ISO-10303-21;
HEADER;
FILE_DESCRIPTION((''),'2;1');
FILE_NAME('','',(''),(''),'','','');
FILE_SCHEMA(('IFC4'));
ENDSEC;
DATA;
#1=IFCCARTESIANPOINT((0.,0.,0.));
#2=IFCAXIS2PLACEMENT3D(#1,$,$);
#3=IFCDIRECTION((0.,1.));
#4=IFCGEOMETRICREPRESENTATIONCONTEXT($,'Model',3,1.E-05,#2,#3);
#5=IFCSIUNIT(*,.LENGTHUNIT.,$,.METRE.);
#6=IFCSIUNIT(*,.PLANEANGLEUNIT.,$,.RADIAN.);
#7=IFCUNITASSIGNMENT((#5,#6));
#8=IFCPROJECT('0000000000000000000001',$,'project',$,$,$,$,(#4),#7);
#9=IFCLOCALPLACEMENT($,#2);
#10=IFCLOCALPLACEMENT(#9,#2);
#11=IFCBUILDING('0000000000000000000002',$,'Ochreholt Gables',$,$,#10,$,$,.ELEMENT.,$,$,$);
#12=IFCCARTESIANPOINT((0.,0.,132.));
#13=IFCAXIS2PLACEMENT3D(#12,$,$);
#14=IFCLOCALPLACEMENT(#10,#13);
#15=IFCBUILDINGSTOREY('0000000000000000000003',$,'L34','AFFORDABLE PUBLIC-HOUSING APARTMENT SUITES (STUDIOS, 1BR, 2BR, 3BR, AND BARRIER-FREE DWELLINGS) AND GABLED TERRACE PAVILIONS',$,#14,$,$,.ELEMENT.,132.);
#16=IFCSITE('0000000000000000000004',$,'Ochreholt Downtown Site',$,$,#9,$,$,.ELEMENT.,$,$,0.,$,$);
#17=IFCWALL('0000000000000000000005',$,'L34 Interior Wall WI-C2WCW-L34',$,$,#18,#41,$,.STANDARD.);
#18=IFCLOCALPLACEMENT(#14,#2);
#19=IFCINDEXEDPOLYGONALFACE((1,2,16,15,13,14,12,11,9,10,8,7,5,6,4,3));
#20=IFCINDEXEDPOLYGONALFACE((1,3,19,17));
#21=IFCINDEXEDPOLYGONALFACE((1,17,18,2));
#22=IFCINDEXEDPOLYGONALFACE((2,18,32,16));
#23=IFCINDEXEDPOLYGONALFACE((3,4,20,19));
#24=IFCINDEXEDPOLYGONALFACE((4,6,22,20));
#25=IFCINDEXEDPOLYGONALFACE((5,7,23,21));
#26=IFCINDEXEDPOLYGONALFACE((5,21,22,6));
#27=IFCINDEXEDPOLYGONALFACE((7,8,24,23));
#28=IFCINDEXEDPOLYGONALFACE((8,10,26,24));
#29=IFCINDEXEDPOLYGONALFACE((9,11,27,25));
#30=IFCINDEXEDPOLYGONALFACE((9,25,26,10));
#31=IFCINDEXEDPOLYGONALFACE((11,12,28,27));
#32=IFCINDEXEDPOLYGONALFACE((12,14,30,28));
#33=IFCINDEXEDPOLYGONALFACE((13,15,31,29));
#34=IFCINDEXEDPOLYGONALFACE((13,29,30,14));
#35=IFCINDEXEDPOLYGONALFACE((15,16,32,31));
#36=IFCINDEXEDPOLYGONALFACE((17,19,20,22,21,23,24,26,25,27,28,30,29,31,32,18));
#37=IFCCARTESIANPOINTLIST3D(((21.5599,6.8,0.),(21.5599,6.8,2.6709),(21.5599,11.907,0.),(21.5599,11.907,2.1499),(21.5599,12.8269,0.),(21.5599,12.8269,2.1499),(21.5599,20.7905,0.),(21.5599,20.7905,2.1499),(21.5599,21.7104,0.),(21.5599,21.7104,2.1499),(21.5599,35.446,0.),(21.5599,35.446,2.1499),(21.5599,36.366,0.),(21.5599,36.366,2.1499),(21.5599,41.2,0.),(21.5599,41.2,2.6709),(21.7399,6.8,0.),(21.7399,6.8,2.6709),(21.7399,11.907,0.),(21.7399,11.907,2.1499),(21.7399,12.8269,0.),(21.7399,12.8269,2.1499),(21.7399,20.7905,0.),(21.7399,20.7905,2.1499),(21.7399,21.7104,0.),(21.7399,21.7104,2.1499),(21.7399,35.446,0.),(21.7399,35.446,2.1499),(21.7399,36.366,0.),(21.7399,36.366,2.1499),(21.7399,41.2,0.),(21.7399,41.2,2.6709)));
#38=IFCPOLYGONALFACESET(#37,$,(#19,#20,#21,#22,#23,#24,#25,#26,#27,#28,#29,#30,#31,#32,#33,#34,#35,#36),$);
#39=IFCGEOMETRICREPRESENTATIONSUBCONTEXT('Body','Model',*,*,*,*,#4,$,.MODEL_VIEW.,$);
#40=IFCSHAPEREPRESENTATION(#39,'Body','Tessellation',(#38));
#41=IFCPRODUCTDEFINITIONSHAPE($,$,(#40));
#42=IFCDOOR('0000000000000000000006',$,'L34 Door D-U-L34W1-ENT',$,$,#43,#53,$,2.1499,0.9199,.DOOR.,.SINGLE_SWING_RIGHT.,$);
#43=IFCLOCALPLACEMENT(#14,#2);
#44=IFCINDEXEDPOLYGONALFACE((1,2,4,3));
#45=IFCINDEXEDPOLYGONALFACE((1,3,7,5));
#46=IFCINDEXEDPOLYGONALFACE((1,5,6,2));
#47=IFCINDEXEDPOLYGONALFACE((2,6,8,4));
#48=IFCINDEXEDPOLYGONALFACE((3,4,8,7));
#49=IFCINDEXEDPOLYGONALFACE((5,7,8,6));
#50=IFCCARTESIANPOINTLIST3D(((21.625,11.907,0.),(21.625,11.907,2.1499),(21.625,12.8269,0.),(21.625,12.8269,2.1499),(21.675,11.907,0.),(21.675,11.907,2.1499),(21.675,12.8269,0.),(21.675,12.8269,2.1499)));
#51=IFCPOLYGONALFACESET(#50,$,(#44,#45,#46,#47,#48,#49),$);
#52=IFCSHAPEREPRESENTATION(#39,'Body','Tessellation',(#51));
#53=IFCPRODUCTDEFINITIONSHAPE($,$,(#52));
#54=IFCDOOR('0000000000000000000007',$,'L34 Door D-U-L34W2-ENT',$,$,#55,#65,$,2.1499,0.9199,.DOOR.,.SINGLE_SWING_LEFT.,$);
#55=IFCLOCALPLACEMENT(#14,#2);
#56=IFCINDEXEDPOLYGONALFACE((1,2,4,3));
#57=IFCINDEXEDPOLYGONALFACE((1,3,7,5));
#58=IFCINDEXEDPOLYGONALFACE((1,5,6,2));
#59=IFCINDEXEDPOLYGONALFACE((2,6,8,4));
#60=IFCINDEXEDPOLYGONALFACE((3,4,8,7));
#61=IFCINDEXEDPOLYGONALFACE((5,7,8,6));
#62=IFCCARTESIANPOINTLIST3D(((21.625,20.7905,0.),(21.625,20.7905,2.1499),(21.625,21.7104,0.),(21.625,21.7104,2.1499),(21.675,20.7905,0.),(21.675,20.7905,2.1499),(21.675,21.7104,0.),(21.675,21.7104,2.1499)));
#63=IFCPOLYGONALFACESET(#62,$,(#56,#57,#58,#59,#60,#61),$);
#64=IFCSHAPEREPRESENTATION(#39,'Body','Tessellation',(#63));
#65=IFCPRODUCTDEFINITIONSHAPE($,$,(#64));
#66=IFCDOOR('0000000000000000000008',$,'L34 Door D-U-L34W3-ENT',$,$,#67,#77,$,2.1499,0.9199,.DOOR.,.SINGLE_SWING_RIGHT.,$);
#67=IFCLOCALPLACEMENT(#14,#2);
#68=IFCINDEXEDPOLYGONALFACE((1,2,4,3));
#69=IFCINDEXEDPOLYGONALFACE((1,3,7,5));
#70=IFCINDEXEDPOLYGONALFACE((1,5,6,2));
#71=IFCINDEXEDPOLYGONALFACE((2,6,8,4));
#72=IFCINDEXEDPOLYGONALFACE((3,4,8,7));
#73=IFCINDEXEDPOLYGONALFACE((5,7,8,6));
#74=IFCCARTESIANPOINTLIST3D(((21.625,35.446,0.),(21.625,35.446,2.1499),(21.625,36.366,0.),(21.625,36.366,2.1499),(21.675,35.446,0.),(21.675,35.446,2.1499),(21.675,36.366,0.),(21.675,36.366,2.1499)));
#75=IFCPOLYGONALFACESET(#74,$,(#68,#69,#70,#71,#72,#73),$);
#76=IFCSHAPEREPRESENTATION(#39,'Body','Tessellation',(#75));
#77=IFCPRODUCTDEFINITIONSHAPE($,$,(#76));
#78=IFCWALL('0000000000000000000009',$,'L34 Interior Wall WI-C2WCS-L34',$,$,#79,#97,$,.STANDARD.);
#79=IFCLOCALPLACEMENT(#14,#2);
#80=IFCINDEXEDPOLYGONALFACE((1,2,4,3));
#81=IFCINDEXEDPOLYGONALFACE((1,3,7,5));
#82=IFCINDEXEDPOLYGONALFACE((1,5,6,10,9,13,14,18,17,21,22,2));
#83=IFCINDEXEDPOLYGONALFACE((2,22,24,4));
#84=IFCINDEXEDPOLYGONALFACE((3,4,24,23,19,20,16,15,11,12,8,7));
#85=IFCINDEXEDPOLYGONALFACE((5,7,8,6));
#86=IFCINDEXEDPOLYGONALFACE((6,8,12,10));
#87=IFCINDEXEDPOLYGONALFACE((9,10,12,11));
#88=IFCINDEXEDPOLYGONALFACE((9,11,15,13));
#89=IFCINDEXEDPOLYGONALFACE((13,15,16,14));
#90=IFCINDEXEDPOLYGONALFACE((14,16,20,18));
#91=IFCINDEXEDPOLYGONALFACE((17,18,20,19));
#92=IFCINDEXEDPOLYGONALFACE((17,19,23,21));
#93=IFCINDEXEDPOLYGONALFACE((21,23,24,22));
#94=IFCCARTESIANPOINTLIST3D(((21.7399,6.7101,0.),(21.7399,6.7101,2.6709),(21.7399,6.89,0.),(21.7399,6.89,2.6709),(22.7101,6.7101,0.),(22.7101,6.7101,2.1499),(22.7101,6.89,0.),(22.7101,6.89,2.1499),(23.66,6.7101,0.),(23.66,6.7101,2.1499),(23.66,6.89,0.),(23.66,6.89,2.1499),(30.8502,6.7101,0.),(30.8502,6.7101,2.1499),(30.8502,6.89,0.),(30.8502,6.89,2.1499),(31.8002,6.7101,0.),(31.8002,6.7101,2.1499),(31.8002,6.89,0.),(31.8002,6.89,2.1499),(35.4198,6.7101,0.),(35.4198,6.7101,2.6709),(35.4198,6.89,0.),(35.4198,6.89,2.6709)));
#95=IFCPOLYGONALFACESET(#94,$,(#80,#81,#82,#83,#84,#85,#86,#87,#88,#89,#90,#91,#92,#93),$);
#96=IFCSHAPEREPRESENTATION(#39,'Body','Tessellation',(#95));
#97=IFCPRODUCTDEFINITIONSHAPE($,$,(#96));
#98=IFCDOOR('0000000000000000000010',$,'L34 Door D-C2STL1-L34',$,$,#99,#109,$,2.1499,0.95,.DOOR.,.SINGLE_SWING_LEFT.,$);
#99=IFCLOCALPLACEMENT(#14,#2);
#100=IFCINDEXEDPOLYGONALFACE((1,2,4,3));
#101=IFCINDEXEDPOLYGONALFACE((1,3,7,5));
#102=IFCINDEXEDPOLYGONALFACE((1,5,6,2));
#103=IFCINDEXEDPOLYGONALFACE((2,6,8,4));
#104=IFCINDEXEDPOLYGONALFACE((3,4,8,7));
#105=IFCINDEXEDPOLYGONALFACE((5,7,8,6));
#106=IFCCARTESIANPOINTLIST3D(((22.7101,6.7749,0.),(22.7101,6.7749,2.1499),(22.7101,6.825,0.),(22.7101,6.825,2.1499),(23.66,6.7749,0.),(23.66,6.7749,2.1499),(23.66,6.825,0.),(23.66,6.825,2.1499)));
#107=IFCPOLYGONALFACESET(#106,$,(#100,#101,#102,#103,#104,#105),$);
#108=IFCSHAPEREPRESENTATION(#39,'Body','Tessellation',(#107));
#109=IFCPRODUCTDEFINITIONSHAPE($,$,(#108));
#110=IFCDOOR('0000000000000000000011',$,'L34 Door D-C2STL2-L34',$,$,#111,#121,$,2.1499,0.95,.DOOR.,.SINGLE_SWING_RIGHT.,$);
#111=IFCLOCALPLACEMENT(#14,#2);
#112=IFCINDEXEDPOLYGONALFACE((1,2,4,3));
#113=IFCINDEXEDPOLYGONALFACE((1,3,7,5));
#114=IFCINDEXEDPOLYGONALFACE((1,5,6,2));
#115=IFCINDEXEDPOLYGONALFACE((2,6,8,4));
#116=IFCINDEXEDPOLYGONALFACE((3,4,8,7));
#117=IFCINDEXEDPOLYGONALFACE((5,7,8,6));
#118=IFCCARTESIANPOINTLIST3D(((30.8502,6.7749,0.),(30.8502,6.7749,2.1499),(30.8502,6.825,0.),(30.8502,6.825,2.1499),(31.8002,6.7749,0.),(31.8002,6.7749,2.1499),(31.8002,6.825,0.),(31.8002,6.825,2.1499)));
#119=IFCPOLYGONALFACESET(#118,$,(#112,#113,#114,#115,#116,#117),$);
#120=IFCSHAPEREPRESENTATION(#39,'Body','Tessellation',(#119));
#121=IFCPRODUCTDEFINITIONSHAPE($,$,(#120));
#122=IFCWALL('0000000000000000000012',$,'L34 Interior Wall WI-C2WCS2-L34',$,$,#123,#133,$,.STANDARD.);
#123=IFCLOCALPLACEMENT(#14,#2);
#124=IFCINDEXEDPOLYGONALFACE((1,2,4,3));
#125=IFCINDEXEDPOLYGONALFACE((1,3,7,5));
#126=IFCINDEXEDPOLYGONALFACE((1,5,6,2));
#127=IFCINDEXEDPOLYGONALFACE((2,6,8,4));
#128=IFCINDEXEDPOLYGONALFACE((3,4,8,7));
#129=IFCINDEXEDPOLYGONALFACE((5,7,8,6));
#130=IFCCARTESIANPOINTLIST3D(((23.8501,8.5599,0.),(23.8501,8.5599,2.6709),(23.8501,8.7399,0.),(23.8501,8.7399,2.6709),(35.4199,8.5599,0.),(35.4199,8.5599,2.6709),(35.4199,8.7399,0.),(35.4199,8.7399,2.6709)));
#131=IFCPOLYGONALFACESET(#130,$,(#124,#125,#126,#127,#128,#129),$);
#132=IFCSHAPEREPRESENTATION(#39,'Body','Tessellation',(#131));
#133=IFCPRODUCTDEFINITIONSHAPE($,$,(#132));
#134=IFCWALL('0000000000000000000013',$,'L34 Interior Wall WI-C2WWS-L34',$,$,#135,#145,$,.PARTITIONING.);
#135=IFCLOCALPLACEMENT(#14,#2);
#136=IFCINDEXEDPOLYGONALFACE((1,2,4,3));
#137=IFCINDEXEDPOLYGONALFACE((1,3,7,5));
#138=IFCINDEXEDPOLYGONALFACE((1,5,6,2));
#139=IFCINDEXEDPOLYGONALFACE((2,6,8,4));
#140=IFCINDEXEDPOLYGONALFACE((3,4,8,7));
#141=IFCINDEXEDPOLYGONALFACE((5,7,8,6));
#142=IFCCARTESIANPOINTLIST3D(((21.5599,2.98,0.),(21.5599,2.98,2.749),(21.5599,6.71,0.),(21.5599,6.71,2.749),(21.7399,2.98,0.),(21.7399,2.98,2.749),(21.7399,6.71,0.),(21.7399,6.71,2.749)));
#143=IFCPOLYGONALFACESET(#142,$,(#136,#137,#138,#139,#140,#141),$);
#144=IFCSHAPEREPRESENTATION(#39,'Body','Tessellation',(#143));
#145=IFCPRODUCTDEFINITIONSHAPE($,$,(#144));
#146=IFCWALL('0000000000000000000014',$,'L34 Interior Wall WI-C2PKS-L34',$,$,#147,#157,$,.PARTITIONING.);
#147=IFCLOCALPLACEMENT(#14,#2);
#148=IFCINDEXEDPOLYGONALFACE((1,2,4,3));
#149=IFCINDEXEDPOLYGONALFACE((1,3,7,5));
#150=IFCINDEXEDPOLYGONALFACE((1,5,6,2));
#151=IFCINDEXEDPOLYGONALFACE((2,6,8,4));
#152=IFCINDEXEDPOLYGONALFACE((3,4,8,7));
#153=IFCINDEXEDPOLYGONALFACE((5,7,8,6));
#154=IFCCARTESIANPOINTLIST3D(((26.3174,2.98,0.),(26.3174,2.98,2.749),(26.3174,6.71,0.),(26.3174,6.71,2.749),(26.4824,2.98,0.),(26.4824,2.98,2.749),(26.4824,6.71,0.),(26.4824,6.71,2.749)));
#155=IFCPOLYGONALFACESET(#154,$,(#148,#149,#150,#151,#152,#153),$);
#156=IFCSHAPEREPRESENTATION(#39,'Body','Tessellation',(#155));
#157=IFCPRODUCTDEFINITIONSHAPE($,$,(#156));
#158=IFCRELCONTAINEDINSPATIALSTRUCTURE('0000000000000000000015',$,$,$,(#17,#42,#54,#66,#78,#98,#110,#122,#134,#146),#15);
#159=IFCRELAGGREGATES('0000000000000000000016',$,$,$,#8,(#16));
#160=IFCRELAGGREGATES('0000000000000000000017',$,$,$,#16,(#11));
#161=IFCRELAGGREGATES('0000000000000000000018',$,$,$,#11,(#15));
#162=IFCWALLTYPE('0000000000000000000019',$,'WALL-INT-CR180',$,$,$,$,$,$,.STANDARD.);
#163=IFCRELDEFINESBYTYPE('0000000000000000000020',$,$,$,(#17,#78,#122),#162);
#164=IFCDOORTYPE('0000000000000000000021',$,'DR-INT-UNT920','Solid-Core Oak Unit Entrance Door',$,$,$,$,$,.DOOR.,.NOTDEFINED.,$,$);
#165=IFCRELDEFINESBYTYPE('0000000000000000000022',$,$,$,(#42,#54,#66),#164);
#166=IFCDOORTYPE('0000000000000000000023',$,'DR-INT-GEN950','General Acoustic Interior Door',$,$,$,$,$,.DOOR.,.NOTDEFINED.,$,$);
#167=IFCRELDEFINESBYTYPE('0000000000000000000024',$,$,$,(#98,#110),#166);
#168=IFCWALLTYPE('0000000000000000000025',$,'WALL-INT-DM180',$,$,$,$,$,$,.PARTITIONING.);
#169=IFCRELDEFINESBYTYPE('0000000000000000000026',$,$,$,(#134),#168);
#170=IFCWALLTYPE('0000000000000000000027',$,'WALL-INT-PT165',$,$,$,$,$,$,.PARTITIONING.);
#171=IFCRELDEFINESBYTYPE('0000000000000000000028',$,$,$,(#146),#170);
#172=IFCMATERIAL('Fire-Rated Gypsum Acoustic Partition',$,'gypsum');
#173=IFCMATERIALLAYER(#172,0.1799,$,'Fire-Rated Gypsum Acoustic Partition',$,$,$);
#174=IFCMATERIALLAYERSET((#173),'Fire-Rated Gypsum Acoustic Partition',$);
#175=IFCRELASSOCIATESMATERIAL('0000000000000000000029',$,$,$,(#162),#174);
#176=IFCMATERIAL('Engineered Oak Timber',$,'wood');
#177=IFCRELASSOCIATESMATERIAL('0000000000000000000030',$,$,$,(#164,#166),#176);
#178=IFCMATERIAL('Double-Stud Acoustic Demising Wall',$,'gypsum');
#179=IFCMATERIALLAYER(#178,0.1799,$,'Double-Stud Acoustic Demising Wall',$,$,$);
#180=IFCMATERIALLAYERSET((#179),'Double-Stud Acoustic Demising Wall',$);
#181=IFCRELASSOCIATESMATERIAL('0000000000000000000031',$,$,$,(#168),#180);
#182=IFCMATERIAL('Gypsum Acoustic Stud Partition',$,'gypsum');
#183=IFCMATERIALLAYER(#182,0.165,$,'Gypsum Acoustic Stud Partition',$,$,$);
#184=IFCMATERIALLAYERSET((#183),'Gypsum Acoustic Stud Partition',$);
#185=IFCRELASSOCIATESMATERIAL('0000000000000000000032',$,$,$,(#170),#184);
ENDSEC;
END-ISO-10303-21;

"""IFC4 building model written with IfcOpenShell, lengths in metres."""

from ifc_helpers import new_model, si_unit, direction, frame, frame_2d, origin, place, context, subcontext, project, spatial, rectangle, extrude, material, layer, layer_set, type_object, element, fill, save


model = new_model("IFC4")

# Units and contexts
model_context = context("Model", 3, precision=1e-05, world=origin(), true_north=direction((0.0, 1.0)))
body_context = subcontext(model_context, "Body", "Model", "MODEL_VIEW")
ifc_project = project(units=[si_unit("LENGTHUNIT", "METRE"), si_unit("PLANEANGLEUNIT", "RADIAN")], contexts=[model_context])

# Site, building, storey
site_placement = place(None, origin())
site = spatial("IfcSite", under=ifc_project, at=site_placement, Name="Ochreholt Downtown Site", CompositionType="ELEMENT", RefElevation=0.0)
building_placement = place(site_placement, origin())
building = spatial("IfcBuilding", under=site, at=building_placement, Name="Ochreholt Gables", CompositionType="ELEMENT")
storey_placement = place(building_placement, frame((0.0, 0.0, 132.0)))
storey = spatial("IfcBuildingStorey", under=building, at=storey_placement, Name="L34", Description="AFFORDABLE PUBLIC-HOUSING APARTMENT SUITES (STUDIOS, 1BR, 2BR, 3BR, AND BARRIER-FREE DWELLINGS) AND GABLED TERRACE PAVILIONS", CompositionType="ELEMENT", Elevation=132.0)

# Walls, openings, doors
ifc_material_1 = material(Name="Fire-Rated Gypsum Acoustic Partition", Category="gypsum")
ifc_layer_1 = layer(ifc_material_1, 0.1799, Name="Fire-Rated Gypsum Acoustic Partition")
ifc_layer_set_1 = layer_set([ifc_layer_1], Name="Fire-Rated Gypsum Acoustic Partition")
wall_type_1 = type_object("IfcWallType", Name="WALL-INT-CR180", PredefinedType="STANDARD", material=ifc_layer_set_1)
wall_1_placement = place(storey_placement, frame((21.6499, 6.8, 0.0), z_axis=(0.0, 0.0, 1.0), x_axis=(0.0, 1.0, 0.0)))
wall_1 = element("IfcWall", 1, at=wall_1_placement, inside=storey, type_object=wall_type_1, Name="L34 Interior Wall WI-C2WCW-L34", PredefinedType="STANDARD", context=body_context, shape_type="SweptSolid", body=[
    extrude(rectangle(XDim=34.3999, YDim=0.1799, at=frame_2d((17.2, 0.0))), origin(), (0.0, 0.0, 1.0), 2.6709),
])
opening_1_placement = place(wall_1_placement, frame((5.1069, 0.0, 0.0)))
opening_1 = element("IfcOpeningElement", 2, at=opening_1_placement, cuts=wall_1, PredefinedType="OPENING", context=body_context, shape_type="SweptSolid", body=[
    extrude(rectangle(XDim=0.9199, YDim=2.1499, at=frame_2d((0.46, 1.075))), frame((0.0, 0.0999, 0.0), z_axis=(0.0, -1.0, 0.0), x_axis=(1.0, 0.0, 0.0)), (0.0, 0.0, 1.0), 0.2),
])
opening_2_placement = place(wall_1_placement, frame((13.9905, 0.0, 0.0)))
opening_2 = element("IfcOpeningElement", 3, at=opening_2_placement, cuts=wall_1, PredefinedType="OPENING", context=body_context, shape_type="SweptSolid", body=[
    extrude(rectangle(XDim=0.9199, YDim=2.1499, at=frame_2d((0.46, 1.075))), frame((0.0, 0.0999, 0.0), z_axis=(0.0, -1.0, 0.0), x_axis=(1.0, 0.0, 0.0)), (0.0, 0.0, 1.0), 0.2),
])
opening_3_placement = place(wall_1_placement, frame((28.646, 0.0, 0.0)))
opening_3 = element("IfcOpeningElement", 4, at=opening_3_placement, cuts=wall_1, PredefinedType="OPENING", context=body_context, shape_type="SweptSolid", body=[
    extrude(rectangle(XDim=0.9199, YDim=2.1499, at=frame_2d((0.46, 1.075))), frame((0.0, 0.0999, 0.0), z_axis=(0.0, -1.0, 0.0), x_axis=(1.0, 0.0, 0.0)), (0.0, 0.0, 1.0), 0.2),
])
ifc_material_2 = material(Name="Engineered Oak Timber", Category="wood")
door_type_1 = type_object("IfcDoorType", Name="DR-INT-UNT920", Description="Solid-Core Oak Unit Entrance Door", OperationType="NOTDEFINED", PredefinedType="DOOR", material=ifc_material_2)
door_1_placement = place(opening_1_placement, origin())
door_1 = element("IfcDoor", 5, at=door_1_placement, inside=storey, type_object=door_type_1, Name="L34 Door D-U-L34W1-ENT", OperationType="SINGLE_SWING_RIGHT", OverallHeight=2.1499, OverallWidth=0.9199, PredefinedType="DOOR", context=body_context, shape_type="SweptSolid", body=[
    extrude(rectangle(XDim=0.9199, YDim=2.1499, at=frame_2d((0.46, 1.075))), frame((0.0, 0.0249, 0.0), z_axis=(0.0, -1.0, 0.0), x_axis=(1.0, 0.0, 0.0)), (0.0, 0.0, 1.0), 0.05),
])
fill(opening_1, door_1)
door_2_placement = place(opening_2_placement, origin())
door_2 = element("IfcDoor", 6, at=door_2_placement, inside=storey, type_object=door_type_1, Name="L34 Door D-U-L34W2-ENT", OperationType="SINGLE_SWING_LEFT", OverallHeight=2.1499, OverallWidth=0.9199, PredefinedType="DOOR", context=body_context, shape_type="SweptSolid", body=[
    extrude(rectangle(XDim=0.9199, YDim=2.1499, at=frame_2d((0.46, 1.075))), frame((0.0, 0.0249, 0.0), z_axis=(0.0, -1.0, 0.0), x_axis=(1.0, 0.0, 0.0)), (0.0, 0.0, 1.0), 0.05),
])
fill(opening_2, door_2)
door_3_placement = place(opening_3_placement, origin())
door_3 = element("IfcDoor", 7, at=door_3_placement, inside=storey, type_object=door_type_1, Name="L34 Door D-U-L34W3-ENT", OperationType="SINGLE_SWING_RIGHT", OverallHeight=2.1499, OverallWidth=0.9199, PredefinedType="DOOR", context=body_context, shape_type="SweptSolid", body=[
    extrude(rectangle(XDim=0.9199, YDim=2.1499, at=frame_2d((0.46, 1.075))), frame((0.0, 0.0249, 0.0), z_axis=(0.0, -1.0, 0.0), x_axis=(1.0, 0.0, 0.0)), (0.0, 0.0, 1.0), 0.05),
])
fill(opening_3, door_3)
wall_2_placement = place(storey_placement, frame((21.74, 6.8, 0.0), z_axis=(0.0, 0.0, 1.0), x_axis=(1.0, 0.0, 0.0)))
wall_2 = element("IfcWall", 8, at=wall_2_placement, inside=storey, type_object=wall_type_1, Name="L34 Interior Wall WI-C2WCS-L34", PredefinedType="STANDARD", context=body_context, shape_type="SweptSolid", body=[
    extrude(rectangle(XDim=13.6799, YDim=0.1799, at=frame_2d((6.8398, 0.0))), origin(), (0.0, 0.0, 1.0), 2.6709),
])
opening_4_placement = place(wall_2_placement, frame((0.97, 0.0, 0.0)))
opening_4 = element("IfcOpeningElement", 9, at=opening_4_placement, cuts=wall_2, PredefinedType="OPENING", context=body_context, shape_type="SweptSolid", body=[
    extrude(rectangle(XDim=0.95, YDim=2.1499, at=frame_2d((0.4751, 1.075))), frame((0.0, 0.0999, 0.0), z_axis=(0.0, -1.0, 0.0), x_axis=(1.0, 0.0, 0.0)), (0.0, 0.0, 1.0), 0.2),
])
opening_5_placement = place(wall_2_placement, frame((9.1101, 0.0, 0.0)))
opening_5 = element("IfcOpeningElement", 10, at=opening_5_placement, cuts=wall_2, PredefinedType="OPENING", context=body_context, shape_type="SweptSolid", body=[
    extrude(rectangle(XDim=0.95, YDim=2.1499, at=frame_2d((0.4751, 1.075))), frame((0.0, 0.0999, 0.0), z_axis=(0.0, -1.0, 0.0), x_axis=(1.0, 0.0, 0.0)), (0.0, 0.0, 1.0), 0.2),
])
door_type_2 = type_object("IfcDoorType", Name="DR-INT-GEN950", Description="General Acoustic Interior Door", OperationType="NOTDEFINED", PredefinedType="DOOR", material=ifc_material_2)
door_4_placement = place(opening_4_placement, origin())
door_4 = element("IfcDoor", 11, at=door_4_placement, inside=storey, type_object=door_type_2, Name="L34 Door D-C2STL1-L34", OperationType="SINGLE_SWING_LEFT", OverallHeight=2.1499, OverallWidth=0.95, PredefinedType="DOOR", context=body_context, shape_type="SweptSolid", body=[
    extrude(rectangle(XDim=0.95, YDim=2.1499, at=frame_2d((0.4751, 1.075))), frame((0.0, 0.0249, 0.0), z_axis=(0.0, -1.0, 0.0), x_axis=(1.0, 0.0, 0.0)), (0.0, 0.0, 1.0), 0.05),
])
fill(opening_4, door_4)
door_5_placement = place(opening_5_placement, origin())
door_5 = element("IfcDoor", 12, at=door_5_placement, inside=storey, type_object=door_type_2, Name="L34 Door D-C2STL2-L34", OperationType="SINGLE_SWING_RIGHT", OverallHeight=2.1499, OverallWidth=0.95, PredefinedType="DOOR", context=body_context, shape_type="SweptSolid", body=[
    extrude(rectangle(XDim=0.95, YDim=2.1499, at=frame_2d((0.4751, 1.075))), frame((0.0, 0.0249, 0.0), z_axis=(0.0, -1.0, 0.0), x_axis=(1.0, 0.0, 0.0)), (0.0, 0.0, 1.0), 0.05),
])
fill(opening_5, door_5)

# Walls
wall_3_placement = place(storey_placement, frame((23.8501, 8.6499, 0.0), z_axis=(0.0, 0.0, 1.0), x_axis=(1.0, 0.0, 0.0)))
element("IfcWall", 13, at=wall_3_placement, inside=storey, type_object=wall_type_1, Name="L34 Interior Wall WI-C2WCS2-L34", PredefinedType="STANDARD", context=body_context, shape_type="SweptSolid", body=[
    extrude(rectangle(XDim=11.5698, YDim=0.1799, at=frame_2d((5.7849, 0.0))), origin(), (0.0, 0.0, 1.0), 2.6709),
])
ifc_material_3 = material(Name="Double-Stud Acoustic Demising Wall", Category="gypsum")
ifc_layer_2 = layer(ifc_material_3, 0.1799, Name="Double-Stud Acoustic Demising Wall")
ifc_layer_set_2 = layer_set([ifc_layer_2], Name="Double-Stud Acoustic Demising Wall")
wall_type_2 = type_object("IfcWallType", Name="WALL-INT-DM180", PredefinedType="PARTITIONING", material=ifc_layer_set_2)
wall_4_placement = place(storey_placement, frame((21.6499, 2.98, 0.0), z_axis=(0.0, 0.0, 1.0), x_axis=(0.0, 1.0, 0.0)))
element("IfcWall", 14, at=wall_4_placement, inside=storey, type_object=wall_type_2, Name="L34 Interior Wall WI-C2WWS-L34", PredefinedType="PARTITIONING", context=body_context, shape_type="SweptSolid", body=[
    extrude(rectangle(XDim=3.73, YDim=0.1799, at=frame_2d((1.865, 0.0))), origin(), (0.0, 0.0, 1.0), 2.749),
])
ifc_material_4 = material(Name="Gypsum Acoustic Stud Partition", Category="gypsum")
ifc_layer_3 = layer(ifc_material_4, 0.165, Name="Gypsum Acoustic Stud Partition")
ifc_layer_set_3 = layer_set([ifc_layer_3], Name="Gypsum Acoustic Stud Partition")
wall_type_3 = type_object("IfcWallType", Name="WALL-INT-PT165", PredefinedType="PARTITIONING", material=ifc_layer_set_3)
wall_5_placement = place(storey_placement, frame((26.3999, 2.98, 0.0), z_axis=(0.0, 0.0, 1.0), x_axis=(0.0, 1.0, 0.0)))
element("IfcWall", 15, at=wall_5_placement, inside=storey, type_object=wall_type_3, Name="L34 Interior Wall WI-C2PKS-L34", PredefinedType="PARTITIONING", context=body_context, shape_type="SweptSolid", body=[
    extrude(rectangle(XDim=3.73, YDim=0.165, at=frame_2d((1.865, 0.0))), origin(), (0.0, 0.0, 1.0), 2.749),
])

save(model, "model.ifc")
